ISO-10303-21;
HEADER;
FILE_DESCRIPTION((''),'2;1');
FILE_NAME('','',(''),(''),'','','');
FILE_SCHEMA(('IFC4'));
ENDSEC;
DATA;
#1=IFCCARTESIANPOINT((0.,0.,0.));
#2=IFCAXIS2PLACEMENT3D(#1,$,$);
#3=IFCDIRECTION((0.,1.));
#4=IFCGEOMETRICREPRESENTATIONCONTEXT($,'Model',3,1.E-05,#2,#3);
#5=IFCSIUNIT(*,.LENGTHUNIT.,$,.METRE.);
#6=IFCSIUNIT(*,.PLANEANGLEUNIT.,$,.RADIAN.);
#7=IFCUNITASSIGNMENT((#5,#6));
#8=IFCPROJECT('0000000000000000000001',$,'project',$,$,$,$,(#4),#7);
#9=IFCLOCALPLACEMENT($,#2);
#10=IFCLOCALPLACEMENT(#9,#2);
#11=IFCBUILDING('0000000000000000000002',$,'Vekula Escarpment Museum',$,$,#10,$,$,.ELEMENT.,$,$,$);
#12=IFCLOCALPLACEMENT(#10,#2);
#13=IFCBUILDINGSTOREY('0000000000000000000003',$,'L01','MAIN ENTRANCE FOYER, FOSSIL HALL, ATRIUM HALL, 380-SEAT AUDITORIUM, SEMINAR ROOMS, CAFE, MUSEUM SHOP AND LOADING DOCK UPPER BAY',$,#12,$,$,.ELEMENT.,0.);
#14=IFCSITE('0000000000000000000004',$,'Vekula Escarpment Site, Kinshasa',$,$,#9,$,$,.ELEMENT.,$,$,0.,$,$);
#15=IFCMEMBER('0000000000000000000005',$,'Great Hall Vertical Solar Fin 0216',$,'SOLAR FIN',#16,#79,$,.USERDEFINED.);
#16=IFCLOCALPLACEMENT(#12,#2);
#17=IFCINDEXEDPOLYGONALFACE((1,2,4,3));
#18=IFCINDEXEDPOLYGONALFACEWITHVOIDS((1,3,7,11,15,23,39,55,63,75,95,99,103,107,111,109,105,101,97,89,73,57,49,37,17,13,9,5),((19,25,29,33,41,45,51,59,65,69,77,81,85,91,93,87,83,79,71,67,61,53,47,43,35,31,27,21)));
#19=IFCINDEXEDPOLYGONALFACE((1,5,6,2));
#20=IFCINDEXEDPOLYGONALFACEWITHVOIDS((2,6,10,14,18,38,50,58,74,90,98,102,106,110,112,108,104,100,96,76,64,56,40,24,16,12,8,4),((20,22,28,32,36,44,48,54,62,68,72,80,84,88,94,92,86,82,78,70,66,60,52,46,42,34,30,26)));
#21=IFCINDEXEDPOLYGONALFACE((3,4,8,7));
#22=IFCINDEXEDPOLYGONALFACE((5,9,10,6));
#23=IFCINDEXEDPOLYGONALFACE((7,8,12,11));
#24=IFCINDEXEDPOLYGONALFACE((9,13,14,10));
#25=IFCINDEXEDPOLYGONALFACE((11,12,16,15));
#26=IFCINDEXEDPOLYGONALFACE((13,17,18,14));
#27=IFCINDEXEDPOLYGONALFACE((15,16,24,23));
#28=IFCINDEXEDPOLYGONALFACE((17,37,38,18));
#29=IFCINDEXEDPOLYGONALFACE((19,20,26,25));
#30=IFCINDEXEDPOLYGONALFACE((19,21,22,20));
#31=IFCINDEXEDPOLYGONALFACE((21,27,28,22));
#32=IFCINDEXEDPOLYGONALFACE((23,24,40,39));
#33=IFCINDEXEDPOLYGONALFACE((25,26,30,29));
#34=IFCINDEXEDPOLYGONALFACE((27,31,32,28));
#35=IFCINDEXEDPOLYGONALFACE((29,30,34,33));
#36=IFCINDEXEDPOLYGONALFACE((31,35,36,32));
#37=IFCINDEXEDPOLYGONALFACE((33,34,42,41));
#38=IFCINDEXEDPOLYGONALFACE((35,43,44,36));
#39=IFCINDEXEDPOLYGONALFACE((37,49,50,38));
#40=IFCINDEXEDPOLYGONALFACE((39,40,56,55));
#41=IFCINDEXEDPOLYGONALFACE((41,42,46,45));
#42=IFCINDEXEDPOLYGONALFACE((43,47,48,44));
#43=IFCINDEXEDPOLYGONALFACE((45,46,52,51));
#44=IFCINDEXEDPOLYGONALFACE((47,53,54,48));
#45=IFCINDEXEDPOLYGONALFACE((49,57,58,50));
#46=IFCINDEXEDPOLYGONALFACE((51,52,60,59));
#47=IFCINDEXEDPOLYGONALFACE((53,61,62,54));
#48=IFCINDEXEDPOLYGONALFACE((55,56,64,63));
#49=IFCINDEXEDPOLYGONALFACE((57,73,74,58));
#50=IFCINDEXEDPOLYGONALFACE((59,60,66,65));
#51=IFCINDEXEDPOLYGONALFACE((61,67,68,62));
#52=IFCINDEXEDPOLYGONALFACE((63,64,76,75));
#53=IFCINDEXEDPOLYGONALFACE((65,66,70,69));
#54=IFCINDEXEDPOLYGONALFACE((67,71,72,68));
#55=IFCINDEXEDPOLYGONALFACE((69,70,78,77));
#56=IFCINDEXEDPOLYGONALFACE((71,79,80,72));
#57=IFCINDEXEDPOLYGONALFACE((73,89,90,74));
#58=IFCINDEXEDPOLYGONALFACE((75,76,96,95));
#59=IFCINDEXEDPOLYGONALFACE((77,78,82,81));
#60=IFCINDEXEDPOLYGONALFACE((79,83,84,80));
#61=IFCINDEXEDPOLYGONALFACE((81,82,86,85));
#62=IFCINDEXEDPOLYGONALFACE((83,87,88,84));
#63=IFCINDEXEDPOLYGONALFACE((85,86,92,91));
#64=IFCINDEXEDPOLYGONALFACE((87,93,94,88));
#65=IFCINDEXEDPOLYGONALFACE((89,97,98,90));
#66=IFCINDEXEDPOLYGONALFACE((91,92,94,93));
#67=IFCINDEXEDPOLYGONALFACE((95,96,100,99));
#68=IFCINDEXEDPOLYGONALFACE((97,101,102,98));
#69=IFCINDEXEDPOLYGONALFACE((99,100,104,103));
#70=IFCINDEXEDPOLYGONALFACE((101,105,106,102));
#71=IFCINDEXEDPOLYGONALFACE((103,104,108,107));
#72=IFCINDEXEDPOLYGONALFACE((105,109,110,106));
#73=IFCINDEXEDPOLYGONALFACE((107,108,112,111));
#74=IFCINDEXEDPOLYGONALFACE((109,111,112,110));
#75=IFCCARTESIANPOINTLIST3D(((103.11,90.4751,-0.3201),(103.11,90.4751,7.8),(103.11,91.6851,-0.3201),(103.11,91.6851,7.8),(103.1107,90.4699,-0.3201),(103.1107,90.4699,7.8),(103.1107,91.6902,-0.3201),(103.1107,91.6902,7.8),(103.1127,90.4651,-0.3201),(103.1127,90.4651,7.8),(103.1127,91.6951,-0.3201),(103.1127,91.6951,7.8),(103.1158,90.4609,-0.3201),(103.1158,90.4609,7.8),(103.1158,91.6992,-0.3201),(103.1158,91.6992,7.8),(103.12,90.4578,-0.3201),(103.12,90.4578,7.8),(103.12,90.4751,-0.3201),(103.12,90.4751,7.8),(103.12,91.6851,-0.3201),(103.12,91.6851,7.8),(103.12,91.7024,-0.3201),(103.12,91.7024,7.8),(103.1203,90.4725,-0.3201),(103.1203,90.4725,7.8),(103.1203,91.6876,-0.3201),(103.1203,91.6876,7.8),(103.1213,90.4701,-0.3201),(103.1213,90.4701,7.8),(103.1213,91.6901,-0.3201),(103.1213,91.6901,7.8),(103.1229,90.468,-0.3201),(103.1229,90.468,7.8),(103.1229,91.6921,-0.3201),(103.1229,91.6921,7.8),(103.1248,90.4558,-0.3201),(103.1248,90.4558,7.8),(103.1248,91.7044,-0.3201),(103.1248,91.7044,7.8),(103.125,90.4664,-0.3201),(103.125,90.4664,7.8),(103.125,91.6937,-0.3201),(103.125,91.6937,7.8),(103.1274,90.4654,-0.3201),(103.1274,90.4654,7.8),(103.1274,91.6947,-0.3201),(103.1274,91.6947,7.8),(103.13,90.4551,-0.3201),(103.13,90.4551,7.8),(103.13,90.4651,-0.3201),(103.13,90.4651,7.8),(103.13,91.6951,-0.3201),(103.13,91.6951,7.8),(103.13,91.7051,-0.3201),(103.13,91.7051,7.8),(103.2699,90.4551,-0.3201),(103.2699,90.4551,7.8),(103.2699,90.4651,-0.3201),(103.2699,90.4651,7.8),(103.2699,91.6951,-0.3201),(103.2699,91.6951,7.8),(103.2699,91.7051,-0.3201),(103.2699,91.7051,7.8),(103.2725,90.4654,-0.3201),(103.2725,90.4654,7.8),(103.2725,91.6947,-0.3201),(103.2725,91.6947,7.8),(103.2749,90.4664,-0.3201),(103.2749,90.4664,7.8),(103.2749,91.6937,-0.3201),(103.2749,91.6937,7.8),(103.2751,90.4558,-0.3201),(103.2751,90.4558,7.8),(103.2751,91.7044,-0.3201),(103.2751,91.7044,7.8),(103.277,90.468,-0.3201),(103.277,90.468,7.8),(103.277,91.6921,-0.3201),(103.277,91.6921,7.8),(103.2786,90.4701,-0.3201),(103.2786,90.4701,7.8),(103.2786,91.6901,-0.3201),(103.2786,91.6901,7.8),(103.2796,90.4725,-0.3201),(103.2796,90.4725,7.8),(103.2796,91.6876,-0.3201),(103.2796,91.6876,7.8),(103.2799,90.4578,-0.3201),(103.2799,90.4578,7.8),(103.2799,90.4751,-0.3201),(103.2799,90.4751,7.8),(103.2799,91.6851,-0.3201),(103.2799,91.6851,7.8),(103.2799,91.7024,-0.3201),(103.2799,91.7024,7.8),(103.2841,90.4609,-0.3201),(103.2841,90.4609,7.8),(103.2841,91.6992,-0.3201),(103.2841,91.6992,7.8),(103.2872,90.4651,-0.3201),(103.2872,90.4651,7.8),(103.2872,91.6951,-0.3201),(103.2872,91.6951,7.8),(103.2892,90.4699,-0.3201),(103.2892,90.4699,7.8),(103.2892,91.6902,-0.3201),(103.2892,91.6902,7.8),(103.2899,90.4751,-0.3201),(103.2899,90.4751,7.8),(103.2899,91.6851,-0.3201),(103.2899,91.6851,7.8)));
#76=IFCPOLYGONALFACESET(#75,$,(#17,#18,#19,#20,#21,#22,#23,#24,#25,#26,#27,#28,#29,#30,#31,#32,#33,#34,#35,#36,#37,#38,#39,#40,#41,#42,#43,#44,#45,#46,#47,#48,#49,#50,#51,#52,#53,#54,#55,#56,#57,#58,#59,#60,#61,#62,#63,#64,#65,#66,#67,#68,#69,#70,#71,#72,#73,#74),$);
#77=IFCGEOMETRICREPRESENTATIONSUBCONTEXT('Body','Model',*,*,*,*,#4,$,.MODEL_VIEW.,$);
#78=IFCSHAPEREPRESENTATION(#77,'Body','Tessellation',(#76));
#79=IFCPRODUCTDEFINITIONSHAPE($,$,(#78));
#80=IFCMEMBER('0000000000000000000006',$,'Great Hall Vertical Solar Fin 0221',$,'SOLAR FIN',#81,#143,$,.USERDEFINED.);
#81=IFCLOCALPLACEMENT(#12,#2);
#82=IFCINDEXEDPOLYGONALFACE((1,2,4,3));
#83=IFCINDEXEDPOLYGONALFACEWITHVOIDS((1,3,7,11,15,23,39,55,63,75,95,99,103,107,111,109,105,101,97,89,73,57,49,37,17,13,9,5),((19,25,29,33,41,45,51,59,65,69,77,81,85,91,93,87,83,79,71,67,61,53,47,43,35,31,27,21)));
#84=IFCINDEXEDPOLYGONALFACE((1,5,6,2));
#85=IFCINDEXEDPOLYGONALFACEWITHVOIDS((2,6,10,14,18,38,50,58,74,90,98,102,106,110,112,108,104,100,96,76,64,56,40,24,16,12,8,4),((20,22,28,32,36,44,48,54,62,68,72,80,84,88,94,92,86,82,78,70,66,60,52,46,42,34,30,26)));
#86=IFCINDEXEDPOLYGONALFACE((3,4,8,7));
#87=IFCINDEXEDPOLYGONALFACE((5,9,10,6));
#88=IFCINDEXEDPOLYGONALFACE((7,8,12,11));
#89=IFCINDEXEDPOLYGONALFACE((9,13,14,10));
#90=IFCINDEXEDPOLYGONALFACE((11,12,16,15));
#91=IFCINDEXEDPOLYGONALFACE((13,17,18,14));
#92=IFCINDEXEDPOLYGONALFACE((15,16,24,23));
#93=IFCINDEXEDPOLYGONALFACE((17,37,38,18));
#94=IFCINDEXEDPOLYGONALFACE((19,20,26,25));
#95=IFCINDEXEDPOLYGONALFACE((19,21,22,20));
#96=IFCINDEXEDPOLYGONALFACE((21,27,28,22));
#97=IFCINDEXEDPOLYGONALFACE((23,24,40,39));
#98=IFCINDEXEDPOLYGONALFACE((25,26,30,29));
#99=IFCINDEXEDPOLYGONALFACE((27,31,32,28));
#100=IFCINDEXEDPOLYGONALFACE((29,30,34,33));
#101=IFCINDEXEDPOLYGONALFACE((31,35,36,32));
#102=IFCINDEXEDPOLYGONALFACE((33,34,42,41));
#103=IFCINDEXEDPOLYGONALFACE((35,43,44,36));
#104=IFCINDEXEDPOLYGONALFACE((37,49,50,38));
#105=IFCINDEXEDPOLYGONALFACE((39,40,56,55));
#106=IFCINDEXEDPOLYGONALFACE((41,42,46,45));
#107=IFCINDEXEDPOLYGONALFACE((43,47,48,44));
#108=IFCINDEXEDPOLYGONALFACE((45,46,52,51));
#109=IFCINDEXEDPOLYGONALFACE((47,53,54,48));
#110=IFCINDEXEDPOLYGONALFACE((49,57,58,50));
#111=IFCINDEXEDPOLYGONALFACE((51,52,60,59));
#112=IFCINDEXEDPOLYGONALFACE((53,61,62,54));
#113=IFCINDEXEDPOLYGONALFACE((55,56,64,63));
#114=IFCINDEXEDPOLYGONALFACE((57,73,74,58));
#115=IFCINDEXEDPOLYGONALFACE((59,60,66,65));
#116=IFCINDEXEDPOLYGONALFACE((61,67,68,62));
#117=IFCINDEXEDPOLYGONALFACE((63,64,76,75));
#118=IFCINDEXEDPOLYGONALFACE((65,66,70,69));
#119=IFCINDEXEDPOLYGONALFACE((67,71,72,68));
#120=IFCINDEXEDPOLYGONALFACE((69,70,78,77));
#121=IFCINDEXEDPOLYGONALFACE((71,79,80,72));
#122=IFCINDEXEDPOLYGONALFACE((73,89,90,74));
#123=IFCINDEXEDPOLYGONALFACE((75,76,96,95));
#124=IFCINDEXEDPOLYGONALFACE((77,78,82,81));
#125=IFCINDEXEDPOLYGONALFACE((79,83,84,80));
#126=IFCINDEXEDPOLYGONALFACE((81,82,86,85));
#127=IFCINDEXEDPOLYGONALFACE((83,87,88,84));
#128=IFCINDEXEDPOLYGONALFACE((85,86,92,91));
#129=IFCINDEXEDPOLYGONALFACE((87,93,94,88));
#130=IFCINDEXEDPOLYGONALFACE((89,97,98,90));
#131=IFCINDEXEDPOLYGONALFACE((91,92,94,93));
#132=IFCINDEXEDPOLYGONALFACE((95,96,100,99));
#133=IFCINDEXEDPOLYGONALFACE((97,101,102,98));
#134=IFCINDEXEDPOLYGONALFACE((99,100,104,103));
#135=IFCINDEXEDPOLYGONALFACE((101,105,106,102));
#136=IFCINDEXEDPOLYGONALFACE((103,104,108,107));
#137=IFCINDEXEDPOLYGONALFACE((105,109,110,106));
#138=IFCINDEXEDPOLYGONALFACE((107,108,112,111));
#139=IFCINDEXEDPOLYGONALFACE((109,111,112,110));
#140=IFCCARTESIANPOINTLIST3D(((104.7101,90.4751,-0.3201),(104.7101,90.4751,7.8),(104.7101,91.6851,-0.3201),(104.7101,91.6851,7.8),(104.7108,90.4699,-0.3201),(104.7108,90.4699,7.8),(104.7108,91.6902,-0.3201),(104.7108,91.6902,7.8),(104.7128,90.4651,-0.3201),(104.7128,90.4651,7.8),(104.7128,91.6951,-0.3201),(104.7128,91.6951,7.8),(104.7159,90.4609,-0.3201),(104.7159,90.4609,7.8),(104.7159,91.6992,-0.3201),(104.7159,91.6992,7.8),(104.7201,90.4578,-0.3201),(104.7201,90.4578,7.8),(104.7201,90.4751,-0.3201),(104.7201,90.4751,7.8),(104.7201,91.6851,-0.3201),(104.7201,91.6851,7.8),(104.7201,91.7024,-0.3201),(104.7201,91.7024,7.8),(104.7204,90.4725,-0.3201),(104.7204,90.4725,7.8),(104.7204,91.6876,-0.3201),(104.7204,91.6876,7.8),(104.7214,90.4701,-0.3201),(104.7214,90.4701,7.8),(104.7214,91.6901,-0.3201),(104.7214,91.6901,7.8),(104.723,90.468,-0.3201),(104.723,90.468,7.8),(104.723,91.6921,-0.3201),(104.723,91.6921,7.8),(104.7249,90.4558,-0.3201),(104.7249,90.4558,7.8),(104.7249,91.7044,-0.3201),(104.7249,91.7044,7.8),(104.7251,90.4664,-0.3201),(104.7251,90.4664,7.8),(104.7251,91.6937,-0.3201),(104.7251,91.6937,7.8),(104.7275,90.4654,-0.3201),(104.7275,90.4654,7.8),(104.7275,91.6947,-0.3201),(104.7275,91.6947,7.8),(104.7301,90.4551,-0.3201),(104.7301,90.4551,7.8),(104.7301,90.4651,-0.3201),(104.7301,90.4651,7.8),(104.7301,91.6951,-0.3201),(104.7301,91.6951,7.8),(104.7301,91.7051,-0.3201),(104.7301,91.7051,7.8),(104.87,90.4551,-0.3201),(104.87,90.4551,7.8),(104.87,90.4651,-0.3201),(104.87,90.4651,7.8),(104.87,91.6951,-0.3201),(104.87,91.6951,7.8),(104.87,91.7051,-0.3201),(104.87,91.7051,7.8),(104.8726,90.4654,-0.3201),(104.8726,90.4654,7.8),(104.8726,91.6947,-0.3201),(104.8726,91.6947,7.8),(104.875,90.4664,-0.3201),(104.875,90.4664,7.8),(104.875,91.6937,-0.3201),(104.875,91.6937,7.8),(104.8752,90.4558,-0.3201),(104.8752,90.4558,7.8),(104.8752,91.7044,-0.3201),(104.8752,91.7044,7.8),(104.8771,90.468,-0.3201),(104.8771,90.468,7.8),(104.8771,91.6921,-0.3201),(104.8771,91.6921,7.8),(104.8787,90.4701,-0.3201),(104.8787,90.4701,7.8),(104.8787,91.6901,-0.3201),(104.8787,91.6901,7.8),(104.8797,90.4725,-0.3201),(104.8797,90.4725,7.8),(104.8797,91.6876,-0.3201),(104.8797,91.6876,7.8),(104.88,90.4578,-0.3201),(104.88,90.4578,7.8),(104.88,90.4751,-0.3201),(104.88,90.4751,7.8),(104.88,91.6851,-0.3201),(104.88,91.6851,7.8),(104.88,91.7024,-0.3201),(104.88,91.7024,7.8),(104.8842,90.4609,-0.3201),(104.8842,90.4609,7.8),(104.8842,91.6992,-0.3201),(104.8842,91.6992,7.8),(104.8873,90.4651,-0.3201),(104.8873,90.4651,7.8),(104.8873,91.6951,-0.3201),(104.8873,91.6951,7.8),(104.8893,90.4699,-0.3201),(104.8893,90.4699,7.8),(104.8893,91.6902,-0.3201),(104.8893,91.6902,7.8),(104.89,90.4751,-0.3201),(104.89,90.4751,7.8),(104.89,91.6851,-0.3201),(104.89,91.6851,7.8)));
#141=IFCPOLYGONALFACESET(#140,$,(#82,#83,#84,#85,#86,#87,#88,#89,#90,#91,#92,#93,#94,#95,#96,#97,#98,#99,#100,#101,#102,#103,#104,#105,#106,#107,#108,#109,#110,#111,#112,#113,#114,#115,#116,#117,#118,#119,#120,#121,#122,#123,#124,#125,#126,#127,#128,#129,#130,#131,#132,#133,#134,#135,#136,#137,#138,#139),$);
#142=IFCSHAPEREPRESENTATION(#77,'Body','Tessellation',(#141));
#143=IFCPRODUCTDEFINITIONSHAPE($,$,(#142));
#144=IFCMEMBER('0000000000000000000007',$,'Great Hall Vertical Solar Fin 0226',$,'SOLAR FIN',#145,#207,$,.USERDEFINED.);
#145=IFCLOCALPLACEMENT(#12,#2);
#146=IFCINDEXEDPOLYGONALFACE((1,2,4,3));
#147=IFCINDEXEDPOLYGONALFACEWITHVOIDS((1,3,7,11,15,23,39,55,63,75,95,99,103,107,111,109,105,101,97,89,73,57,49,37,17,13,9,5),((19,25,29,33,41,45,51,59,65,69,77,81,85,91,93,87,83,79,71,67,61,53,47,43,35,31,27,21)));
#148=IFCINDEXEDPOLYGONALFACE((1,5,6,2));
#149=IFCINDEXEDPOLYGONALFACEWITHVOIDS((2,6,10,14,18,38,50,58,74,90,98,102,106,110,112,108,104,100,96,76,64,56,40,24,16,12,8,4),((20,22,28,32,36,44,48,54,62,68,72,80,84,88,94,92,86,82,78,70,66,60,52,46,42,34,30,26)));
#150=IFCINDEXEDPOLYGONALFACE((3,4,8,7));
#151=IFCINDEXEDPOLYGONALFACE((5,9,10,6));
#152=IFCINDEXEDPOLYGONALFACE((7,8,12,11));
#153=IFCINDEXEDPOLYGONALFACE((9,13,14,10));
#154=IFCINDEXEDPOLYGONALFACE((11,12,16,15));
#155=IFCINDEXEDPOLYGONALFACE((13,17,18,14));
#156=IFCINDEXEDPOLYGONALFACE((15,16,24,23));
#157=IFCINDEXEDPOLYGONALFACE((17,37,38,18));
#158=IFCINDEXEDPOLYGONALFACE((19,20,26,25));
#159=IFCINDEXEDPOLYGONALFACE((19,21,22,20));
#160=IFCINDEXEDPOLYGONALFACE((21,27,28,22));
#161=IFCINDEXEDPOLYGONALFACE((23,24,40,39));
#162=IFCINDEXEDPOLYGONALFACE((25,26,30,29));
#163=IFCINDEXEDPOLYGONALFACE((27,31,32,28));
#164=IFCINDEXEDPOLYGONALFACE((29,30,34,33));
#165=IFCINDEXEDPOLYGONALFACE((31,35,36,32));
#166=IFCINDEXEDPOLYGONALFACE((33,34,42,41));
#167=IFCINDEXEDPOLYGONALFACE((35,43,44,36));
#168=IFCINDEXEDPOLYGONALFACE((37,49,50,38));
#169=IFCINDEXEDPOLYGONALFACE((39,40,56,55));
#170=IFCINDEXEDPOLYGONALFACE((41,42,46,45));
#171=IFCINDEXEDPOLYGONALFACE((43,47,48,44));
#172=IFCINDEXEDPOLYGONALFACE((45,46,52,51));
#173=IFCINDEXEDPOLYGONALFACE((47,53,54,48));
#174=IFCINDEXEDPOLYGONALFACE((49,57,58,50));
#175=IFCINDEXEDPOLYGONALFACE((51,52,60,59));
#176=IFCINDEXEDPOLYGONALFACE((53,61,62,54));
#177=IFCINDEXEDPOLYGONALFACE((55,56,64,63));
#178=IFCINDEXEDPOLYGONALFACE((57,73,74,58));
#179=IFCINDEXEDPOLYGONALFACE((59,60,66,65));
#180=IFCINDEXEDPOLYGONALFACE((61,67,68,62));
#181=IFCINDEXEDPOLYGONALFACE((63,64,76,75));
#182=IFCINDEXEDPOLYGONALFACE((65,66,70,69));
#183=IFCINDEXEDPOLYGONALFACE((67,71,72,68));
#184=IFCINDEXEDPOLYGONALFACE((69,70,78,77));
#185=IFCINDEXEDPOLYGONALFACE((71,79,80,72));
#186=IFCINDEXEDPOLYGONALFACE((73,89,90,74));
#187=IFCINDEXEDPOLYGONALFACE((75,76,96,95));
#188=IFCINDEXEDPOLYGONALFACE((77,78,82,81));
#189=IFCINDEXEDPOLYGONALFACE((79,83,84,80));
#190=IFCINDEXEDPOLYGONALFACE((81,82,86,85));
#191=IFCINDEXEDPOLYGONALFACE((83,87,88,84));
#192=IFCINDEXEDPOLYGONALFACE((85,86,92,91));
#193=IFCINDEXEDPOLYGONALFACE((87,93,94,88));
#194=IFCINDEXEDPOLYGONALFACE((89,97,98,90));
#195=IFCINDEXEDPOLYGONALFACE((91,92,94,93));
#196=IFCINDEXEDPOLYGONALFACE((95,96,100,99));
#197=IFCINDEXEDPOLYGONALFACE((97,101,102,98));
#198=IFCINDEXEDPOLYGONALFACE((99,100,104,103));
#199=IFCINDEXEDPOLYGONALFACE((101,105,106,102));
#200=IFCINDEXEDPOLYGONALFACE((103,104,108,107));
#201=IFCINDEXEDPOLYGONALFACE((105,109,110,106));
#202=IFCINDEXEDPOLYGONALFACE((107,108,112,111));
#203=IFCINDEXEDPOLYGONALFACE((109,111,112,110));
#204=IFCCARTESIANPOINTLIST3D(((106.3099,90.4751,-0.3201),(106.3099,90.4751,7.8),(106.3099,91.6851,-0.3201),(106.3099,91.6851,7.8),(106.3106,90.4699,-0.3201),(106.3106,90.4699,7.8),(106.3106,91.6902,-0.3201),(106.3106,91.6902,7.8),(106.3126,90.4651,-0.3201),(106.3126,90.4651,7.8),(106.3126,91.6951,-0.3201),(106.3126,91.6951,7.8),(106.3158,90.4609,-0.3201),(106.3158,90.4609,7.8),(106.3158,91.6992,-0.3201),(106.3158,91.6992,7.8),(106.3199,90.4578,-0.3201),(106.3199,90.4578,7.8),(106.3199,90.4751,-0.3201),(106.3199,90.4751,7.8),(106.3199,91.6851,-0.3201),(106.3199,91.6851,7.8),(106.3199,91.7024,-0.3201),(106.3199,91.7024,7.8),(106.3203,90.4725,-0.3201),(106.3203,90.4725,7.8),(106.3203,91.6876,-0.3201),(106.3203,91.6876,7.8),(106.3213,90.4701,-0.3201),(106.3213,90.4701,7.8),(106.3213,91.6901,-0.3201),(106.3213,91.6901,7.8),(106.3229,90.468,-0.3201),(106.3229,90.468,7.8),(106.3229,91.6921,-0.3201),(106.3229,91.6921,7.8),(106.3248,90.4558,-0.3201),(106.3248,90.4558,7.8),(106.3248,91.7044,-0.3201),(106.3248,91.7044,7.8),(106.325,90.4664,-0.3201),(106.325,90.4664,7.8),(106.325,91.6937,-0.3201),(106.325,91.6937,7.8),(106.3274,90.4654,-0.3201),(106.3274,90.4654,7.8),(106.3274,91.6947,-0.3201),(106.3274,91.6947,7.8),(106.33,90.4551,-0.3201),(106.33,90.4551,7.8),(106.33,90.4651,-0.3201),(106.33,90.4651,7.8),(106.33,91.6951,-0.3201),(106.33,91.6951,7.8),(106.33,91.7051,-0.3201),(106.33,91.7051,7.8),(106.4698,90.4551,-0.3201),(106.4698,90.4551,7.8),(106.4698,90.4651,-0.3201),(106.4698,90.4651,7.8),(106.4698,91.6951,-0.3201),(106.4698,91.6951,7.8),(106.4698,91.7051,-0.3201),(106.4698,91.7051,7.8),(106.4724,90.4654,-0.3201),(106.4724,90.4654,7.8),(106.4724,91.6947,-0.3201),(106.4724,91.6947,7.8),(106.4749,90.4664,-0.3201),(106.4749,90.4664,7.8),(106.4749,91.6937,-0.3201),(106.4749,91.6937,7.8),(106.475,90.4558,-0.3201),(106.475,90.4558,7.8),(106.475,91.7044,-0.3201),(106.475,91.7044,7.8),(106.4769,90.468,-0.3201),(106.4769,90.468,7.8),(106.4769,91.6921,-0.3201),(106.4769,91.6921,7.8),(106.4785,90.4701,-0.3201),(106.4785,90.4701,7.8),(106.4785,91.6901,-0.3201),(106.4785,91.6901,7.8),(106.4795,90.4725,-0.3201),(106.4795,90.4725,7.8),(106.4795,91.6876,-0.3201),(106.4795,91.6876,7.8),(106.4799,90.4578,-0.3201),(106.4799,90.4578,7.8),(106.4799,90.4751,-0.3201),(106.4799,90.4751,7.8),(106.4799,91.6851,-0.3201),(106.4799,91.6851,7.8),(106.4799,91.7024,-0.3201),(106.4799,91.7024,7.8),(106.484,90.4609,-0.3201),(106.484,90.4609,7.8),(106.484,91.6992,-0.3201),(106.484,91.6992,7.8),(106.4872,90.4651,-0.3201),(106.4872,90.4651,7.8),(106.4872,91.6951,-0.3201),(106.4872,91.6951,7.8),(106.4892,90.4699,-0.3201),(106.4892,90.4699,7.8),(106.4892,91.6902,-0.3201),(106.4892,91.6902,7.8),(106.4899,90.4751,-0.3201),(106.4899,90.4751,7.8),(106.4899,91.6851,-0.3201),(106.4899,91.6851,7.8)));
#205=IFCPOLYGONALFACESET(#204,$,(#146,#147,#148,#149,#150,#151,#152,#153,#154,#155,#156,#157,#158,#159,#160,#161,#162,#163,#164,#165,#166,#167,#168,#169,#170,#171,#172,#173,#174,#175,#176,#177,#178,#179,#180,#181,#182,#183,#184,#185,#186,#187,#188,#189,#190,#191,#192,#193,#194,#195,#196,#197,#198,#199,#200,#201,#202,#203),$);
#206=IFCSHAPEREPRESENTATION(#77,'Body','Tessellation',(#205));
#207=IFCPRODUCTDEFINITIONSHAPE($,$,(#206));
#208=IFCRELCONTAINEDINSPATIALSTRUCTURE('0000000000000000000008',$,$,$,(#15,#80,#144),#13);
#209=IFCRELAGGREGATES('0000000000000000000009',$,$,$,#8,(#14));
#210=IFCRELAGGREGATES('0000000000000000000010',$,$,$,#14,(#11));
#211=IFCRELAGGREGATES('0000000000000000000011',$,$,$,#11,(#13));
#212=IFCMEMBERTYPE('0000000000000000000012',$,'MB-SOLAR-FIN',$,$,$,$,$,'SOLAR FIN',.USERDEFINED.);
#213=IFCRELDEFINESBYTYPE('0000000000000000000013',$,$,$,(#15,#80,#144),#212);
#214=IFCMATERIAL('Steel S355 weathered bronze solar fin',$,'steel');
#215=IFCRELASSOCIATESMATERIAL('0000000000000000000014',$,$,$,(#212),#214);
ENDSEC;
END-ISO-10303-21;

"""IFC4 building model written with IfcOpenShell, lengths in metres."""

from ifc_helpers import new_model, si_unit, direction, frame, origin, origin_2d, place, context, subcontext, project, spatial, hollow_rectangle, extrude, material, material_profile, profile_set, type_object, element, save


model = new_model("IFC4")

# Units and contexts
model_context = context("Model", 3, precision=1e-05, world=origin(), true_north=direction((0.0, 1.0)))
body_context = subcontext(model_context, "Body", "Model", "MODEL_VIEW")
ifc_project = project(units=[si_unit("LENGTHUNIT", "METRE"), si_unit("PLANEANGLEUNIT", "RADIAN")], contexts=[model_context])

# Site, building, storey
site_placement = place(None, origin())
site = spatial("IfcSite", under=ifc_project, at=site_placement, Name="Vekula Escarpment Site, Kinshasa", CompositionType="ELEMENT", RefElevation=0.0)
building_placement = place(site_placement, origin())
building = spatial("IfcBuilding", under=site, at=building_placement, Name="Vekula Escarpment Museum", CompositionType="ELEMENT")
storey_placement = place(building_placement, origin())
storey = spatial("IfcBuildingStorey", under=building, at=storey_placement, Name="L01", Description="MAIN ENTRANCE FOYER, FOSSIL HALL, ATRIUM HALL, 380-SEAT AUDITORIUM, SEMINAR ROOMS, CAFE, MUSEUM SHOP AND LOADING DOCK UPPER BAY", CompositionType="ELEMENT", Elevation=0.0)

# Members
ifc_material_1 = material(Name="Steel S355 weathered bronze solar fin", Category="steel")
ifc_material_profile_1 = material_profile(ifc_material_1, hollow_rectangle(XDim=0.1799, YDim=1.25, WallThickness=0.01, InnerFilletRadius=0.01, OuterFilletRadius=0.02, at=origin_2d()), Name="RHS 1250x180x10")
ifc_profile_set_1 = profile_set([ifc_material_profile_1], Name="Steel S355 weathered bronze solar fin")
member_type_1 = type_object("IfcMemberType", Name="MB-SOLAR-FIN", ElementType="SOLAR FIN", PredefinedType="USERDEFINED", material=ifc_profile_set_1)
for number, where, z_axis, x_axis, name in (
    (1, (103.2, 91.0801, -0.3201), (0.0, 0.0, 1.0), (1.0, 0.0, 0.0), "Great Hall Vertical Solar Fin 0216"),
    (2, (104.8, 91.0801, -0.3201), (0.0, 0.0, 1.0), (1.0, 0.0, 0.0), "Great Hall Vertical Solar Fin 0221"),
    (3, (106.3999, 91.0801, -0.3201), (0.0, 0.0, 1.0), (1.0, 0.0, 0.0), "Great Hall Vertical Solar Fin 0226"),
):
    element("IfcMember", number, at=place(storey_placement, frame(where, z_axis=z_axis, x_axis=x_axis)), inside=storey, type_object=member_type_1, Name=name, ObjectType="SOLAR FIN", PredefinedType="USERDEFINED", context=body_context, shape_type="SweptSolid", body=[
        extrude(hollow_rectangle(XDim=0.1799, YDim=1.25, WallThickness=0.01, InnerFilletRadius=0.01, OuterFilletRadius=0.02, at=origin_2d()), origin(), (0.0, 0.0, 1.0), 8.1201),
    ])

save(model, "model.ifc")
